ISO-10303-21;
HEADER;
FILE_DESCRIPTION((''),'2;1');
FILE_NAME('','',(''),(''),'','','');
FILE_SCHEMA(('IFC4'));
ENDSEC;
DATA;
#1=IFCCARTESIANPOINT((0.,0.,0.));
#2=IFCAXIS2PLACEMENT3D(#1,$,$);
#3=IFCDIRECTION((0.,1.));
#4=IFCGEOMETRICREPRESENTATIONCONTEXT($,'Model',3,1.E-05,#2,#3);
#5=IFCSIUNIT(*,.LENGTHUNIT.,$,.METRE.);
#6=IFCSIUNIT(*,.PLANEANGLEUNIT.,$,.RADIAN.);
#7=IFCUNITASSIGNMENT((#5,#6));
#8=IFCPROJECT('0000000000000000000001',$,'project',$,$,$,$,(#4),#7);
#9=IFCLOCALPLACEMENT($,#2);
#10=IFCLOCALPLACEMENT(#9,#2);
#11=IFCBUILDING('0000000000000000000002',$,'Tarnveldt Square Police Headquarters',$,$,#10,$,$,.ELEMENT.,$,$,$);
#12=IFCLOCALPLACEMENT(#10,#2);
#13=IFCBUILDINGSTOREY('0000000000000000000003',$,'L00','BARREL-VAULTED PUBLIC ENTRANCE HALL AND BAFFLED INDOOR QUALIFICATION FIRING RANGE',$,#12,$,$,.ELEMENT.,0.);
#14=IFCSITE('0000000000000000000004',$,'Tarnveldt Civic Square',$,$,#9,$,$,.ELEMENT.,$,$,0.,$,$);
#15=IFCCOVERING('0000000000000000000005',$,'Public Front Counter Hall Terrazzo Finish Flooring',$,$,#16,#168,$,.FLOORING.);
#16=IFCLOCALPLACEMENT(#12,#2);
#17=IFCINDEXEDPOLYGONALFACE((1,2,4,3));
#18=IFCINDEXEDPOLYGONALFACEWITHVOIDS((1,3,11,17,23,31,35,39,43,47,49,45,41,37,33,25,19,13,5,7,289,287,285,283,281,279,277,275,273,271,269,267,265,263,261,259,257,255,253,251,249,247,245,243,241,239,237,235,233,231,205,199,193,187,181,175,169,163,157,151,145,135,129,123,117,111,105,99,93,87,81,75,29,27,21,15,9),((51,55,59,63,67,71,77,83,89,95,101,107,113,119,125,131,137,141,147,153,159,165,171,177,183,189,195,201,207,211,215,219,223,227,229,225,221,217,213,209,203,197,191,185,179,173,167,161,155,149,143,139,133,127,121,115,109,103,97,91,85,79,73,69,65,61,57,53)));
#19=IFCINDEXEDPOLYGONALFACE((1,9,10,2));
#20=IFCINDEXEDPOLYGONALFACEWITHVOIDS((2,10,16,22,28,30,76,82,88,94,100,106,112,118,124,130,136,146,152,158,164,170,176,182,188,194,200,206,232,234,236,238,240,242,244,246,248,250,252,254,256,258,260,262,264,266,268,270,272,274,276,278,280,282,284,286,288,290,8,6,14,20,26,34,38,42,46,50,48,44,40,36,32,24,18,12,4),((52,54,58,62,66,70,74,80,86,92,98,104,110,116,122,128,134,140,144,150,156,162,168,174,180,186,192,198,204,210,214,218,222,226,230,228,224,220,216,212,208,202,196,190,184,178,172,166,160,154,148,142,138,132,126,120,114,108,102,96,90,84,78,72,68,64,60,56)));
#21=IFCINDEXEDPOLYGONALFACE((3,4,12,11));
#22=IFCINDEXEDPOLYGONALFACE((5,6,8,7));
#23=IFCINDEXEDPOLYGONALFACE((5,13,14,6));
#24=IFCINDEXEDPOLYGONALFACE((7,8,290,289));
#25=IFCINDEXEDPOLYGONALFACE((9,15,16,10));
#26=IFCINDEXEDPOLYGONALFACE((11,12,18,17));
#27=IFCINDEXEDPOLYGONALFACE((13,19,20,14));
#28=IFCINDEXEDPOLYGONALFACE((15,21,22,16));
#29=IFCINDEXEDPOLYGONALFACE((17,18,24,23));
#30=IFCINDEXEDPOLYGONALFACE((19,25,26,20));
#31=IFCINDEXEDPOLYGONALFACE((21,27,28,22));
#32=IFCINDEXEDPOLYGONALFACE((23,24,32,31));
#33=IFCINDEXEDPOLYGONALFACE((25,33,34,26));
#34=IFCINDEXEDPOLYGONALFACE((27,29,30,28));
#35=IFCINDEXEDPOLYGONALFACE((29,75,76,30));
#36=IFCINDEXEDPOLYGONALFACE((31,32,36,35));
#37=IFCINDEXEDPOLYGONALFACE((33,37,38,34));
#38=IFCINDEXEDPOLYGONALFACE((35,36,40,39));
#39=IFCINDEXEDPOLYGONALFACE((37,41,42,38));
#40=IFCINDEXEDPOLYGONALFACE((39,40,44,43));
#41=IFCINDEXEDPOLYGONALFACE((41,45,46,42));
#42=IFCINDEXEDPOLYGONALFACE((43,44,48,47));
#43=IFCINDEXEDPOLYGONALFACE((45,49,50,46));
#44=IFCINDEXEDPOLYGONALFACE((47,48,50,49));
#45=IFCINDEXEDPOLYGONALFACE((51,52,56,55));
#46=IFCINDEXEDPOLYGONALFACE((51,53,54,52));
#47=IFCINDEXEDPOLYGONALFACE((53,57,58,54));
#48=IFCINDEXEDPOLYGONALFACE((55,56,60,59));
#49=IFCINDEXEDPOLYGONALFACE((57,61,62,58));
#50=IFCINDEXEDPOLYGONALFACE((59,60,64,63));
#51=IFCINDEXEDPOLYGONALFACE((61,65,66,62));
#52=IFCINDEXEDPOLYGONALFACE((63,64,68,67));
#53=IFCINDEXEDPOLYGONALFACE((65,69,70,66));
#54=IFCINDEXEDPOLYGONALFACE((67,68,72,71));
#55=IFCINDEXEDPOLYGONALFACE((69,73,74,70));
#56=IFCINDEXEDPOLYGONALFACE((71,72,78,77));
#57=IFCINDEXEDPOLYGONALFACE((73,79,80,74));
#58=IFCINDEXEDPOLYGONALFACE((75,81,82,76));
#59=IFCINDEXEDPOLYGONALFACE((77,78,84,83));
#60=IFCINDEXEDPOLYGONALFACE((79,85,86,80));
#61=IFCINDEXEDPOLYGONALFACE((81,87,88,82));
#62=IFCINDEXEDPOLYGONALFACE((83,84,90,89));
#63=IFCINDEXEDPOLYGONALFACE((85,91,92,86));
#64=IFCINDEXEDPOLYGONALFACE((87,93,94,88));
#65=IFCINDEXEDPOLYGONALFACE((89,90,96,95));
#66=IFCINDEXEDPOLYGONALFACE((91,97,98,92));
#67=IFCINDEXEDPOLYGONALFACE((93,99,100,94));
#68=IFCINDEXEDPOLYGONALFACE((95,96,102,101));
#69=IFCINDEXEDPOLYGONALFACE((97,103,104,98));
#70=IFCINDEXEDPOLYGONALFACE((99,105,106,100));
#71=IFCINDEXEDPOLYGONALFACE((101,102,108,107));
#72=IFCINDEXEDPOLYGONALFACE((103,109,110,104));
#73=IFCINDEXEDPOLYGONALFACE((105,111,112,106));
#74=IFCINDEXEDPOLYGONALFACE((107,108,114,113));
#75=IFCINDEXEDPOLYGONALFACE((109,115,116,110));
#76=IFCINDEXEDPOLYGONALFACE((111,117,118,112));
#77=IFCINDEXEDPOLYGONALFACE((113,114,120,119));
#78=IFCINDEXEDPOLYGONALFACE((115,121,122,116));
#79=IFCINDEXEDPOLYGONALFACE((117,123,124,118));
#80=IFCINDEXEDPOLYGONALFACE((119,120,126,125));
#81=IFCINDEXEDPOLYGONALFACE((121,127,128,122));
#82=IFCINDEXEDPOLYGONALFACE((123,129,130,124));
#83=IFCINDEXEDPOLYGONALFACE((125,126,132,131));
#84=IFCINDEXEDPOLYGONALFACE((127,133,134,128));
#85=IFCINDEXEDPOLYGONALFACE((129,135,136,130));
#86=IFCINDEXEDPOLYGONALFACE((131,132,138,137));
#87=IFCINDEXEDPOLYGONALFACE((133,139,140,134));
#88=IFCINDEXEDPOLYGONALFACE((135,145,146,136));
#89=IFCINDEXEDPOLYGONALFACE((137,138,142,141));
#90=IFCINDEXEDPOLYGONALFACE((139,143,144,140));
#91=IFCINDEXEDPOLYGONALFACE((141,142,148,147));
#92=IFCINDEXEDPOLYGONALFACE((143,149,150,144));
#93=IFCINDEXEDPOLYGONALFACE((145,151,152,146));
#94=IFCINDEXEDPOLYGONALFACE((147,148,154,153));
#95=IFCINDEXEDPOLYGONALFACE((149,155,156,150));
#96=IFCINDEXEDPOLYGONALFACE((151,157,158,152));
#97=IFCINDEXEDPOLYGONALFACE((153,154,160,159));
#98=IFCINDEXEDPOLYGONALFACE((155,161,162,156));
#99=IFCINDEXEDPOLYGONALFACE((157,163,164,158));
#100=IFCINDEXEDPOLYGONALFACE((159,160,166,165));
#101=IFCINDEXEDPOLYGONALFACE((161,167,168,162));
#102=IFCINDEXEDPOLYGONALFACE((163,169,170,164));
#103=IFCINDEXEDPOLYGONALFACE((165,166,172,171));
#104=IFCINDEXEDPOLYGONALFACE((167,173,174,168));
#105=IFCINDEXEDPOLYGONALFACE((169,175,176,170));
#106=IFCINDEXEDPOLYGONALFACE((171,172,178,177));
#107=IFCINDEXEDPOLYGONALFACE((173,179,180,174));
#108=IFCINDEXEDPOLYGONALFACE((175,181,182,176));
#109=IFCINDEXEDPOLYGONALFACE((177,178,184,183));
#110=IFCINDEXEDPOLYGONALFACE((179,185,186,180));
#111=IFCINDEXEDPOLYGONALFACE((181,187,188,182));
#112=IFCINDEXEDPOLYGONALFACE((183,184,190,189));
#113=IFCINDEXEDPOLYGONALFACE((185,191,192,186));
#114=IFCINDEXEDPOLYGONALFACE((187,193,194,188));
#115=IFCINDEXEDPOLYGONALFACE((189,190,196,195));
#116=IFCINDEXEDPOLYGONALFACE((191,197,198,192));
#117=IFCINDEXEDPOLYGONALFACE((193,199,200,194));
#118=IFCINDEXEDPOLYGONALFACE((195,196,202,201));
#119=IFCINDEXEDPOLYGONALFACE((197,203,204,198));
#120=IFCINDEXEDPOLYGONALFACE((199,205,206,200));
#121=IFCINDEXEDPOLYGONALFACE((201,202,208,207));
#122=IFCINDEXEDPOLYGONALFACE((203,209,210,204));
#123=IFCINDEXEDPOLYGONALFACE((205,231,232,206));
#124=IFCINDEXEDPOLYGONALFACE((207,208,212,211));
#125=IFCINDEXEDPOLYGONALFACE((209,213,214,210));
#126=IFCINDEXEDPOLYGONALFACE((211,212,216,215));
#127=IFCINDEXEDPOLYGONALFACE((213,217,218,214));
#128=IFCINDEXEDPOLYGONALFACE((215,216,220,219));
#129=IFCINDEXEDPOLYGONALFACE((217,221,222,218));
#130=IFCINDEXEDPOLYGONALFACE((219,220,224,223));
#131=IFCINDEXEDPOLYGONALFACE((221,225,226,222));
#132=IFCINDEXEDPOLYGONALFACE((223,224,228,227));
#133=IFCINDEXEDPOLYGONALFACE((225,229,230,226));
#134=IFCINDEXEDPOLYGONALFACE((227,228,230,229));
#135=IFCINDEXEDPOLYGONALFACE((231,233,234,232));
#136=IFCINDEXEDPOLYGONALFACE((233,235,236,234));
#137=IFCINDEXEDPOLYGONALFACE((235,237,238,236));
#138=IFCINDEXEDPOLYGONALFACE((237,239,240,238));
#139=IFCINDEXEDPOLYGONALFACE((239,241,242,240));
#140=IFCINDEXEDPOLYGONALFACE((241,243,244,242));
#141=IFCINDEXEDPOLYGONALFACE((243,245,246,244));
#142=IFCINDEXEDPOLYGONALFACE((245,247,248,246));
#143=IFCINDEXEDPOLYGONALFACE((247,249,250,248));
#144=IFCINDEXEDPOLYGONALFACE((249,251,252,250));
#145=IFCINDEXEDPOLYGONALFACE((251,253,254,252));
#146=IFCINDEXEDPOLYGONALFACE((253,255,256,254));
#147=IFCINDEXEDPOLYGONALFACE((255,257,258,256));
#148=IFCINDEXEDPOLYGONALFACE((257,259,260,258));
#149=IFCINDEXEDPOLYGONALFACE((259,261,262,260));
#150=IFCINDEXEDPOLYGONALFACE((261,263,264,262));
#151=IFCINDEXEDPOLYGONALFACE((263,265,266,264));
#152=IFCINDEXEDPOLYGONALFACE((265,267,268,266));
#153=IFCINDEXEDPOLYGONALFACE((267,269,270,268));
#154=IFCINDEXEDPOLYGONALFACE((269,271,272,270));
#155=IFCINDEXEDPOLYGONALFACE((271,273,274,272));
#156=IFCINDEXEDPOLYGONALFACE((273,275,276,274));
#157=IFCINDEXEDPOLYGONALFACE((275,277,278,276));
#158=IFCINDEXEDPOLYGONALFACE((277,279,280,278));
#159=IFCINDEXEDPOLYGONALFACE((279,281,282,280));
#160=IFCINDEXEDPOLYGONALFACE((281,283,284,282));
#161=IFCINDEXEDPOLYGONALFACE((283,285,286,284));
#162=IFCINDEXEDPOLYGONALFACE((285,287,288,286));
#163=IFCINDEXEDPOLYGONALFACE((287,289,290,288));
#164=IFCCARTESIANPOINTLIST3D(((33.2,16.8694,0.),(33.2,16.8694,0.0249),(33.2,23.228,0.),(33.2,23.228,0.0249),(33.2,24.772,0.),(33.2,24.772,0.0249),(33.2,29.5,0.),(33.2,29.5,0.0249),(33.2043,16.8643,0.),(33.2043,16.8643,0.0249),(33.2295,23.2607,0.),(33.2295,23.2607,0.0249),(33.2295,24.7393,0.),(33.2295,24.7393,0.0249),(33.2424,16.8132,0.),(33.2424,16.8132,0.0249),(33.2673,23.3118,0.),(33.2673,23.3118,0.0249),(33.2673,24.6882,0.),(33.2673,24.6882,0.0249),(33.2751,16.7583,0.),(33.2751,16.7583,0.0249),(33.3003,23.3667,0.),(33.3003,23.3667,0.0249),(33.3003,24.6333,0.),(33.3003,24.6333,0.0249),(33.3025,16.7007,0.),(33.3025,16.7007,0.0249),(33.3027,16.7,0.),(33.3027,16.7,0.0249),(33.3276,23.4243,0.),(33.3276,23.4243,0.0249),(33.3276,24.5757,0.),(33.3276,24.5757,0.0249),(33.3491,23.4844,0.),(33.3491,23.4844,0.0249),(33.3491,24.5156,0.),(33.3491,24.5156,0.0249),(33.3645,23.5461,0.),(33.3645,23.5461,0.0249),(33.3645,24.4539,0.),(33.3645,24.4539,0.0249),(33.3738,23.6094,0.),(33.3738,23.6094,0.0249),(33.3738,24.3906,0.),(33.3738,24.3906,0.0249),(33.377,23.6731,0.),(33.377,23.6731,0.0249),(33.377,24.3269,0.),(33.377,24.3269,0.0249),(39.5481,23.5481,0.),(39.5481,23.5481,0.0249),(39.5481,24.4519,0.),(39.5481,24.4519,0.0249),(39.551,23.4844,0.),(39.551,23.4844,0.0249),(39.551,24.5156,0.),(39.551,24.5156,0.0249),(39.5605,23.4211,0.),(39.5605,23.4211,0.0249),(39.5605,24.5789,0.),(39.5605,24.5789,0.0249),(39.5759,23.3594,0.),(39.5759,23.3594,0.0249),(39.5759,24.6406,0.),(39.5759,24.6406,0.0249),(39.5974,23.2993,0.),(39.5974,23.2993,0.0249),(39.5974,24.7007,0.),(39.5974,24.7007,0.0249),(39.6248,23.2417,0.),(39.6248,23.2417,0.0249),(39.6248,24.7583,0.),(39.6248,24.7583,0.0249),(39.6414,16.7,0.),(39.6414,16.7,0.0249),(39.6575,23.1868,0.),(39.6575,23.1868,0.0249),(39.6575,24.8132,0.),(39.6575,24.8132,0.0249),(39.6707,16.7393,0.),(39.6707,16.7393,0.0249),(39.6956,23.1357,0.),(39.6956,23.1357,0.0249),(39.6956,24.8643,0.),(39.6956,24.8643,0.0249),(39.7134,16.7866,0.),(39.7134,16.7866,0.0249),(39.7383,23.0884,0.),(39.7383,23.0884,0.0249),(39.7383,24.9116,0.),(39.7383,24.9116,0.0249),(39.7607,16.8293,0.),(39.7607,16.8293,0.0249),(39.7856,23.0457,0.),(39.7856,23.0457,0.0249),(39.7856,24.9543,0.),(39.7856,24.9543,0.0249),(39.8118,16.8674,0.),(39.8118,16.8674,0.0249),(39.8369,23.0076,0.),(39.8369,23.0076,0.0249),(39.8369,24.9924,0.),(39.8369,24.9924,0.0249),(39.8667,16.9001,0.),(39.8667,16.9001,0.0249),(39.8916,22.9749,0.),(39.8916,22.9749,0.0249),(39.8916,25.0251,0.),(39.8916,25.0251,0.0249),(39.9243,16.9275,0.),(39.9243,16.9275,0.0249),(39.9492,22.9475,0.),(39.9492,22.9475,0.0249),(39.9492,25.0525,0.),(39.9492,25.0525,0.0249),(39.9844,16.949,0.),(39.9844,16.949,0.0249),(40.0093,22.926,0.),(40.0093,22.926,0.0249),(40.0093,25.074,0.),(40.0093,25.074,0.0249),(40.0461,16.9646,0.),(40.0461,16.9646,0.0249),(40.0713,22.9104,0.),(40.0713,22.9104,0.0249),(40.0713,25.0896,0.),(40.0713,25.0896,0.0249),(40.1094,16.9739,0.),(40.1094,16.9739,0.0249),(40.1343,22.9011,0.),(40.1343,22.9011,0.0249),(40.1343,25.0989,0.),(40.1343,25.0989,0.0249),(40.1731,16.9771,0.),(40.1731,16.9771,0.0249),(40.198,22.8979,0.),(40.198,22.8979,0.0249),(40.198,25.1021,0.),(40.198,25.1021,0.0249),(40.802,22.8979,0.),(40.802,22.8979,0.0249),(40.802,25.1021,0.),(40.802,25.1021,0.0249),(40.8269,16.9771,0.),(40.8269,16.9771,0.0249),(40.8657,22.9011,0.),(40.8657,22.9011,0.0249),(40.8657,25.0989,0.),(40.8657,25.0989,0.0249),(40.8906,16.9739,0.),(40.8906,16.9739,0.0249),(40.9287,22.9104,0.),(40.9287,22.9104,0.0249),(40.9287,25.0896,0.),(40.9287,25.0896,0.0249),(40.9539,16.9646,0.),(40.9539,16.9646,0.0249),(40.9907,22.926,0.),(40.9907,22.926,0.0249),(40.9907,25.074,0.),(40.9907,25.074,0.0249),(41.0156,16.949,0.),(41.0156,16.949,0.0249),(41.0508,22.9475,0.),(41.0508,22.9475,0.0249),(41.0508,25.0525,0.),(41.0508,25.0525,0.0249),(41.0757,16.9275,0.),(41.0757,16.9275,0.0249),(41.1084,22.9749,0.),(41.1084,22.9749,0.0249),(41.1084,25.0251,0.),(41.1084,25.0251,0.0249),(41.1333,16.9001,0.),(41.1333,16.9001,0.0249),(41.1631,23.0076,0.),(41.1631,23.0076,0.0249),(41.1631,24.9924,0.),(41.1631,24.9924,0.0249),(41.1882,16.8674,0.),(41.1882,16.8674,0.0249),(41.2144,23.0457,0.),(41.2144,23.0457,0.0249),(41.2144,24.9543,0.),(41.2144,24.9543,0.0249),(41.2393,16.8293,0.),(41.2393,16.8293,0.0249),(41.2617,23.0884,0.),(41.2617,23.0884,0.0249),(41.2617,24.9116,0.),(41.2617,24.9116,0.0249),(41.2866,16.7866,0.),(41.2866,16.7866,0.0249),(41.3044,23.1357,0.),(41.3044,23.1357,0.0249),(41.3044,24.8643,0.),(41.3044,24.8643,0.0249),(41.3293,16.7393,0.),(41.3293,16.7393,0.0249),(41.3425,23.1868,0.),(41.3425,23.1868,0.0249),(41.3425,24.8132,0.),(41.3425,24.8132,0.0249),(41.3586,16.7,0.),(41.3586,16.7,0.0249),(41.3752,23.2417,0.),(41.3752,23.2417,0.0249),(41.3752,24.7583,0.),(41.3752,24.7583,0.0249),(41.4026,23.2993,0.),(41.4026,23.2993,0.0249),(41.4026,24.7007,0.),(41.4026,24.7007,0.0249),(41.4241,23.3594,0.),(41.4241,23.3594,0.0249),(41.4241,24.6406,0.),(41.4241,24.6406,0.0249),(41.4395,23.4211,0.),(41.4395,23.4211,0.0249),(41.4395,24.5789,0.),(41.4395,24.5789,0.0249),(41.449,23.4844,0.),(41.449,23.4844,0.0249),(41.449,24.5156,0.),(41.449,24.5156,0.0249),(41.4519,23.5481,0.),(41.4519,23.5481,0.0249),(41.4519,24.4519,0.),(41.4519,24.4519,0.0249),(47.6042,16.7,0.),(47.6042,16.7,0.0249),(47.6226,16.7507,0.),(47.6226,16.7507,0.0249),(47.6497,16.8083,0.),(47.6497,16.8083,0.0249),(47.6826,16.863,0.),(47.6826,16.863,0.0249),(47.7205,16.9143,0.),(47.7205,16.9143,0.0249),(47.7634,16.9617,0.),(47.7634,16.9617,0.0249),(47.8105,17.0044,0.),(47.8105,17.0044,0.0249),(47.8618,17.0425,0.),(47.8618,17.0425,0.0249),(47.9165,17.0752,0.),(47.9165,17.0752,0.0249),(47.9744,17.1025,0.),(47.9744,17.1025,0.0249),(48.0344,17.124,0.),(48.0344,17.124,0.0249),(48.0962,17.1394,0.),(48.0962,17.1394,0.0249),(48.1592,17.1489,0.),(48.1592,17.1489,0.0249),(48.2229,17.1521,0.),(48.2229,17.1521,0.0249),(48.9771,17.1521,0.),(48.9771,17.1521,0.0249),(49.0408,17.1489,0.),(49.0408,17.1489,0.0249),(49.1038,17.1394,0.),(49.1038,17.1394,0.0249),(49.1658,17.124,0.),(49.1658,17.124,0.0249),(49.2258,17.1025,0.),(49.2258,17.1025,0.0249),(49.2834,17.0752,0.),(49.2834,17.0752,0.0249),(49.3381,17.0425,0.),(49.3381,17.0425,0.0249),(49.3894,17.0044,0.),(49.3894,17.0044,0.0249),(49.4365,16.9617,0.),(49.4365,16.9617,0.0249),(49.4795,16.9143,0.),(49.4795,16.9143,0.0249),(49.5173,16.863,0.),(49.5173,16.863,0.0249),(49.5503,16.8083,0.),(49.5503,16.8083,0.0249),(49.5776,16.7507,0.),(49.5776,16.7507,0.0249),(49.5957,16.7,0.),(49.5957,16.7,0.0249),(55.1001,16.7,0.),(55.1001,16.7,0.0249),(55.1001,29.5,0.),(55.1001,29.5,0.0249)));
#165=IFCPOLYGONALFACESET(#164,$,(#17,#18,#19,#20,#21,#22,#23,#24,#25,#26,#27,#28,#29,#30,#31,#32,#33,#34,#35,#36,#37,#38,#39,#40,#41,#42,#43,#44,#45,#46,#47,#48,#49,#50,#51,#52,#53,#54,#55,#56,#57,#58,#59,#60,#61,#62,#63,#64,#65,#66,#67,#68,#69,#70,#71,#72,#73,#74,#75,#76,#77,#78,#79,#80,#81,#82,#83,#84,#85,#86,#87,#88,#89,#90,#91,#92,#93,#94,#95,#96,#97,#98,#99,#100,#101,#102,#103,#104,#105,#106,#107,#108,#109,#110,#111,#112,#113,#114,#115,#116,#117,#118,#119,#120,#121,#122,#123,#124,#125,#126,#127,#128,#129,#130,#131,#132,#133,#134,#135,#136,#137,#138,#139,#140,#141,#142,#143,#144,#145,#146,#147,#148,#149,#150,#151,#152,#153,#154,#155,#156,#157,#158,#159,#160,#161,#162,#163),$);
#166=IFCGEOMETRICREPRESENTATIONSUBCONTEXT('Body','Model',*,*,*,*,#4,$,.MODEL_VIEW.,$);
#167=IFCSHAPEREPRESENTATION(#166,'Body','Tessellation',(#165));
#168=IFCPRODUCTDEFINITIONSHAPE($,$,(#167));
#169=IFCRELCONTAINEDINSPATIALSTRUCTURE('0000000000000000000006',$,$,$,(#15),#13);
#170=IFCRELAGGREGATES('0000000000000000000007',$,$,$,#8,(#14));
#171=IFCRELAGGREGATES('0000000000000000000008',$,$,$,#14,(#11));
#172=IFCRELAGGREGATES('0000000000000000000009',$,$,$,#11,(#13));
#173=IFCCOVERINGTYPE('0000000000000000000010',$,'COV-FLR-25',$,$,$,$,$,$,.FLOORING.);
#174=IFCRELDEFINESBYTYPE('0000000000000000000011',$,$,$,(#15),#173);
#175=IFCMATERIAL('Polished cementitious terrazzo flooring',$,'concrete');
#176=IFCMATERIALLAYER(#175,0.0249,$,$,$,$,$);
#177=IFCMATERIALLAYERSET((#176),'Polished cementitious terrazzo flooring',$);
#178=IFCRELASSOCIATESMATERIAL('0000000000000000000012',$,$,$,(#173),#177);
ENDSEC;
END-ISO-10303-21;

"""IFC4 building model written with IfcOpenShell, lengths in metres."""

from ifc_helpers import new_model, si_unit, direction, origin, place, context, subcontext, project, spatial, polyline, outline, extrude, material, layer, layer_set, type_object, element, save


model = new_model("IFC4")

# Units and contexts
model_context = context("Model", 3, precision=1e-05, world=origin(), true_north=direction((0.0, 1.0)))
body_context = subcontext(model_context, "Body", "Model", "MODEL_VIEW")
ifc_project = project(units=[si_unit("LENGTHUNIT", "METRE"), si_unit("PLANEANGLEUNIT", "RADIAN")], contexts=[model_context])

# Site, building, storey
site_placement = place(None, origin())
site = spatial("IfcSite", under=ifc_project, at=site_placement, Name="Tarnveldt Civic Square", CompositionType="ELEMENT", RefElevation=0.0)
building_placement = place(site_placement, origin())
building = spatial("IfcBuilding", under=site, at=building_placement, Name="Tarnveldt Square Police Headquarters", CompositionType="ELEMENT")
storey_placement = place(building_placement, origin())
storey = spatial("IfcBuildingStorey", under=building, at=storey_placement, Name="L00", Description="BARREL-VAULTED PUBLIC ENTRANCE HALL AND BAFFLED INDOOR QUALIFICATION FIRING RANGE", CompositionType="ELEMENT", Elevation=0.0)

# Covering
ifc_material_1 = material(Name="Polished cementitious terrazzo flooring", Category="concrete")
ifc_layer_1 = layer(ifc_material_1, 0.0249)
ifc_layer_set_1 = layer_set([ifc_layer_1], Name="Polished cementitious terrazzo flooring")
covering_type_1 = type_object("IfcCoveringType", Name="COV-FLR-25", PredefinedType="FLOORING", material=ifc_layer_set_1)
covering_1_placement = place(storey_placement, origin())
element("IfcCovering", 1, at=covering_1_placement, inside=storey, type_object=covering_type_1, Name="Public Front Counter Hall Terrazzo Finish Flooring", PredefinedType="FLOORING", context=body_context, shape_type="SweptSolid", body=[
    extrude(outline(polyline([(33.2, 16.8694), (33.2, 23.228), (33.2295, 23.2607), (33.2673, 23.3118), (33.3003, 23.3667), (33.3276, 23.4243), (33.3491, 23.4844), (33.3645, 23.5461), (33.3738, 23.6094), (33.377, 23.6731), (33.377, 24.3269), (33.3738, 24.3906), (33.3645, 24.4539), (33.3491, 24.5156), (33.3276, 24.5757), (33.3003, 24.6333), (33.2673, 24.6882), (33.2295, 24.7393), (33.2, 24.772), (33.2, 29.5), (55.1001, 29.5), (55.1001, 16.7), (49.5957, 16.7), (49.5776, 16.7507), (49.5503, 16.8083), (49.5173, 16.863), (49.4795, 16.9143), (49.4365, 16.9617), (49.3894, 17.0044), (49.3381, 17.0425), (49.2834, 17.0752), (49.2258, 17.1025), (49.1658, 17.124), (49.1038, 17.1394), (49.0408, 17.1489), (48.9771, 17.1521), (48.2229, 17.1521), (48.1592, 17.1489), (48.0962, 17.1394), (48.0344, 17.124), (47.9744, 17.1025), (47.9165, 17.0752), (47.8618, 17.0425), (47.8105, 17.0044), (47.7634, 16.9617), (47.7205, 16.9143), (47.6826, 16.863), (47.6497, 16.8083), (47.6226, 16.7507), (47.6042, 16.7), (41.3586, 16.7), (41.3293, 16.7393), (41.2866, 16.7866), (41.2393, 16.8293), (41.1882, 16.8674), (41.1333, 16.9001), (41.0757, 16.9275), (41.0156, 16.949), (40.9539, 16.9646), (40.8906, 16.9739), (40.8269, 16.9771), (40.1731, 16.9771), (40.1094, 16.9739), (40.0461, 16.9646), (39.9844, 16.949), (39.9243, 16.9275), (39.8667, 16.9001), (39.8118, 16.8674), (39.7607, 16.8293), (39.7134, 16.7866), (39.6707, 16.7393), (39.6414, 16.7), (33.3027, 16.7), (33.3025, 16.7007), (33.2751, 16.7583), (33.2424, 16.8132), (33.2043, 16.8643), (33.2, 16.8694)]), holes=[polyline([(41.4519, 24.4519), (41.449, 24.5156), (41.4395, 24.5789), (41.4241, 24.6406), (41.4026, 24.7007), (41.3752, 24.7583), (41.3425, 24.8132), (41.3044, 24.8643), (41.2617, 24.9116), (41.2144, 24.9543), (41.1631, 24.9924), (41.1084, 25.0251), (41.0508, 25.0525), (40.9907, 25.074), (40.9287, 25.0896), (40.8657, 25.0989), (40.802, 25.1021), (40.198, 25.1021), (40.1343, 25.0989), (40.0713, 25.0896), (40.0093, 25.074), (39.9492, 25.0525), (39.8916, 25.0251), (39.8369, 24.9924), (39.7856, 24.9543), (39.7383, 24.9116), (39.6956, 24.8643), (39.6575, 24.8132), (39.6248, 24.7583), (39.5974, 24.7007), (39.5759, 24.6406), (39.5605, 24.5789), (39.551, 24.5156), (39.5481, 24.4519), (39.5481, 23.5481), (39.551, 23.4844), (39.5605, 23.4211), (39.5759, 23.3594), (39.5974, 23.2993), (39.6248, 23.2417), (39.6575, 23.1868), (39.6956, 23.1357), (39.7383, 23.0884), (39.7856, 23.0457), (39.8369, 23.0076), (39.8916, 22.9749), (39.9492, 22.9475), (40.0093, 22.926), (40.0713, 22.9104), (40.1343, 22.9011), (40.198, 22.8979), (40.802, 22.8979), (40.8657, 22.9011), (40.9287, 22.9104), (40.9907, 22.926), (41.0508, 22.9475), (41.1084, 22.9749), (41.1631, 23.0076), (41.2144, 23.0457), (41.2617, 23.0884), (41.3044, 23.1357), (41.3425, 23.1868), (41.3752, 23.2417), (41.4026, 23.2993), (41.4241, 23.3594), (41.4395, 23.4211), (41.449, 23.4844), (41.4519, 23.5481), (41.4519, 24.4519)])]), origin(), (0.0, 0.0, 1.0), 0.0249),
])

save(model, "model.ifc")
